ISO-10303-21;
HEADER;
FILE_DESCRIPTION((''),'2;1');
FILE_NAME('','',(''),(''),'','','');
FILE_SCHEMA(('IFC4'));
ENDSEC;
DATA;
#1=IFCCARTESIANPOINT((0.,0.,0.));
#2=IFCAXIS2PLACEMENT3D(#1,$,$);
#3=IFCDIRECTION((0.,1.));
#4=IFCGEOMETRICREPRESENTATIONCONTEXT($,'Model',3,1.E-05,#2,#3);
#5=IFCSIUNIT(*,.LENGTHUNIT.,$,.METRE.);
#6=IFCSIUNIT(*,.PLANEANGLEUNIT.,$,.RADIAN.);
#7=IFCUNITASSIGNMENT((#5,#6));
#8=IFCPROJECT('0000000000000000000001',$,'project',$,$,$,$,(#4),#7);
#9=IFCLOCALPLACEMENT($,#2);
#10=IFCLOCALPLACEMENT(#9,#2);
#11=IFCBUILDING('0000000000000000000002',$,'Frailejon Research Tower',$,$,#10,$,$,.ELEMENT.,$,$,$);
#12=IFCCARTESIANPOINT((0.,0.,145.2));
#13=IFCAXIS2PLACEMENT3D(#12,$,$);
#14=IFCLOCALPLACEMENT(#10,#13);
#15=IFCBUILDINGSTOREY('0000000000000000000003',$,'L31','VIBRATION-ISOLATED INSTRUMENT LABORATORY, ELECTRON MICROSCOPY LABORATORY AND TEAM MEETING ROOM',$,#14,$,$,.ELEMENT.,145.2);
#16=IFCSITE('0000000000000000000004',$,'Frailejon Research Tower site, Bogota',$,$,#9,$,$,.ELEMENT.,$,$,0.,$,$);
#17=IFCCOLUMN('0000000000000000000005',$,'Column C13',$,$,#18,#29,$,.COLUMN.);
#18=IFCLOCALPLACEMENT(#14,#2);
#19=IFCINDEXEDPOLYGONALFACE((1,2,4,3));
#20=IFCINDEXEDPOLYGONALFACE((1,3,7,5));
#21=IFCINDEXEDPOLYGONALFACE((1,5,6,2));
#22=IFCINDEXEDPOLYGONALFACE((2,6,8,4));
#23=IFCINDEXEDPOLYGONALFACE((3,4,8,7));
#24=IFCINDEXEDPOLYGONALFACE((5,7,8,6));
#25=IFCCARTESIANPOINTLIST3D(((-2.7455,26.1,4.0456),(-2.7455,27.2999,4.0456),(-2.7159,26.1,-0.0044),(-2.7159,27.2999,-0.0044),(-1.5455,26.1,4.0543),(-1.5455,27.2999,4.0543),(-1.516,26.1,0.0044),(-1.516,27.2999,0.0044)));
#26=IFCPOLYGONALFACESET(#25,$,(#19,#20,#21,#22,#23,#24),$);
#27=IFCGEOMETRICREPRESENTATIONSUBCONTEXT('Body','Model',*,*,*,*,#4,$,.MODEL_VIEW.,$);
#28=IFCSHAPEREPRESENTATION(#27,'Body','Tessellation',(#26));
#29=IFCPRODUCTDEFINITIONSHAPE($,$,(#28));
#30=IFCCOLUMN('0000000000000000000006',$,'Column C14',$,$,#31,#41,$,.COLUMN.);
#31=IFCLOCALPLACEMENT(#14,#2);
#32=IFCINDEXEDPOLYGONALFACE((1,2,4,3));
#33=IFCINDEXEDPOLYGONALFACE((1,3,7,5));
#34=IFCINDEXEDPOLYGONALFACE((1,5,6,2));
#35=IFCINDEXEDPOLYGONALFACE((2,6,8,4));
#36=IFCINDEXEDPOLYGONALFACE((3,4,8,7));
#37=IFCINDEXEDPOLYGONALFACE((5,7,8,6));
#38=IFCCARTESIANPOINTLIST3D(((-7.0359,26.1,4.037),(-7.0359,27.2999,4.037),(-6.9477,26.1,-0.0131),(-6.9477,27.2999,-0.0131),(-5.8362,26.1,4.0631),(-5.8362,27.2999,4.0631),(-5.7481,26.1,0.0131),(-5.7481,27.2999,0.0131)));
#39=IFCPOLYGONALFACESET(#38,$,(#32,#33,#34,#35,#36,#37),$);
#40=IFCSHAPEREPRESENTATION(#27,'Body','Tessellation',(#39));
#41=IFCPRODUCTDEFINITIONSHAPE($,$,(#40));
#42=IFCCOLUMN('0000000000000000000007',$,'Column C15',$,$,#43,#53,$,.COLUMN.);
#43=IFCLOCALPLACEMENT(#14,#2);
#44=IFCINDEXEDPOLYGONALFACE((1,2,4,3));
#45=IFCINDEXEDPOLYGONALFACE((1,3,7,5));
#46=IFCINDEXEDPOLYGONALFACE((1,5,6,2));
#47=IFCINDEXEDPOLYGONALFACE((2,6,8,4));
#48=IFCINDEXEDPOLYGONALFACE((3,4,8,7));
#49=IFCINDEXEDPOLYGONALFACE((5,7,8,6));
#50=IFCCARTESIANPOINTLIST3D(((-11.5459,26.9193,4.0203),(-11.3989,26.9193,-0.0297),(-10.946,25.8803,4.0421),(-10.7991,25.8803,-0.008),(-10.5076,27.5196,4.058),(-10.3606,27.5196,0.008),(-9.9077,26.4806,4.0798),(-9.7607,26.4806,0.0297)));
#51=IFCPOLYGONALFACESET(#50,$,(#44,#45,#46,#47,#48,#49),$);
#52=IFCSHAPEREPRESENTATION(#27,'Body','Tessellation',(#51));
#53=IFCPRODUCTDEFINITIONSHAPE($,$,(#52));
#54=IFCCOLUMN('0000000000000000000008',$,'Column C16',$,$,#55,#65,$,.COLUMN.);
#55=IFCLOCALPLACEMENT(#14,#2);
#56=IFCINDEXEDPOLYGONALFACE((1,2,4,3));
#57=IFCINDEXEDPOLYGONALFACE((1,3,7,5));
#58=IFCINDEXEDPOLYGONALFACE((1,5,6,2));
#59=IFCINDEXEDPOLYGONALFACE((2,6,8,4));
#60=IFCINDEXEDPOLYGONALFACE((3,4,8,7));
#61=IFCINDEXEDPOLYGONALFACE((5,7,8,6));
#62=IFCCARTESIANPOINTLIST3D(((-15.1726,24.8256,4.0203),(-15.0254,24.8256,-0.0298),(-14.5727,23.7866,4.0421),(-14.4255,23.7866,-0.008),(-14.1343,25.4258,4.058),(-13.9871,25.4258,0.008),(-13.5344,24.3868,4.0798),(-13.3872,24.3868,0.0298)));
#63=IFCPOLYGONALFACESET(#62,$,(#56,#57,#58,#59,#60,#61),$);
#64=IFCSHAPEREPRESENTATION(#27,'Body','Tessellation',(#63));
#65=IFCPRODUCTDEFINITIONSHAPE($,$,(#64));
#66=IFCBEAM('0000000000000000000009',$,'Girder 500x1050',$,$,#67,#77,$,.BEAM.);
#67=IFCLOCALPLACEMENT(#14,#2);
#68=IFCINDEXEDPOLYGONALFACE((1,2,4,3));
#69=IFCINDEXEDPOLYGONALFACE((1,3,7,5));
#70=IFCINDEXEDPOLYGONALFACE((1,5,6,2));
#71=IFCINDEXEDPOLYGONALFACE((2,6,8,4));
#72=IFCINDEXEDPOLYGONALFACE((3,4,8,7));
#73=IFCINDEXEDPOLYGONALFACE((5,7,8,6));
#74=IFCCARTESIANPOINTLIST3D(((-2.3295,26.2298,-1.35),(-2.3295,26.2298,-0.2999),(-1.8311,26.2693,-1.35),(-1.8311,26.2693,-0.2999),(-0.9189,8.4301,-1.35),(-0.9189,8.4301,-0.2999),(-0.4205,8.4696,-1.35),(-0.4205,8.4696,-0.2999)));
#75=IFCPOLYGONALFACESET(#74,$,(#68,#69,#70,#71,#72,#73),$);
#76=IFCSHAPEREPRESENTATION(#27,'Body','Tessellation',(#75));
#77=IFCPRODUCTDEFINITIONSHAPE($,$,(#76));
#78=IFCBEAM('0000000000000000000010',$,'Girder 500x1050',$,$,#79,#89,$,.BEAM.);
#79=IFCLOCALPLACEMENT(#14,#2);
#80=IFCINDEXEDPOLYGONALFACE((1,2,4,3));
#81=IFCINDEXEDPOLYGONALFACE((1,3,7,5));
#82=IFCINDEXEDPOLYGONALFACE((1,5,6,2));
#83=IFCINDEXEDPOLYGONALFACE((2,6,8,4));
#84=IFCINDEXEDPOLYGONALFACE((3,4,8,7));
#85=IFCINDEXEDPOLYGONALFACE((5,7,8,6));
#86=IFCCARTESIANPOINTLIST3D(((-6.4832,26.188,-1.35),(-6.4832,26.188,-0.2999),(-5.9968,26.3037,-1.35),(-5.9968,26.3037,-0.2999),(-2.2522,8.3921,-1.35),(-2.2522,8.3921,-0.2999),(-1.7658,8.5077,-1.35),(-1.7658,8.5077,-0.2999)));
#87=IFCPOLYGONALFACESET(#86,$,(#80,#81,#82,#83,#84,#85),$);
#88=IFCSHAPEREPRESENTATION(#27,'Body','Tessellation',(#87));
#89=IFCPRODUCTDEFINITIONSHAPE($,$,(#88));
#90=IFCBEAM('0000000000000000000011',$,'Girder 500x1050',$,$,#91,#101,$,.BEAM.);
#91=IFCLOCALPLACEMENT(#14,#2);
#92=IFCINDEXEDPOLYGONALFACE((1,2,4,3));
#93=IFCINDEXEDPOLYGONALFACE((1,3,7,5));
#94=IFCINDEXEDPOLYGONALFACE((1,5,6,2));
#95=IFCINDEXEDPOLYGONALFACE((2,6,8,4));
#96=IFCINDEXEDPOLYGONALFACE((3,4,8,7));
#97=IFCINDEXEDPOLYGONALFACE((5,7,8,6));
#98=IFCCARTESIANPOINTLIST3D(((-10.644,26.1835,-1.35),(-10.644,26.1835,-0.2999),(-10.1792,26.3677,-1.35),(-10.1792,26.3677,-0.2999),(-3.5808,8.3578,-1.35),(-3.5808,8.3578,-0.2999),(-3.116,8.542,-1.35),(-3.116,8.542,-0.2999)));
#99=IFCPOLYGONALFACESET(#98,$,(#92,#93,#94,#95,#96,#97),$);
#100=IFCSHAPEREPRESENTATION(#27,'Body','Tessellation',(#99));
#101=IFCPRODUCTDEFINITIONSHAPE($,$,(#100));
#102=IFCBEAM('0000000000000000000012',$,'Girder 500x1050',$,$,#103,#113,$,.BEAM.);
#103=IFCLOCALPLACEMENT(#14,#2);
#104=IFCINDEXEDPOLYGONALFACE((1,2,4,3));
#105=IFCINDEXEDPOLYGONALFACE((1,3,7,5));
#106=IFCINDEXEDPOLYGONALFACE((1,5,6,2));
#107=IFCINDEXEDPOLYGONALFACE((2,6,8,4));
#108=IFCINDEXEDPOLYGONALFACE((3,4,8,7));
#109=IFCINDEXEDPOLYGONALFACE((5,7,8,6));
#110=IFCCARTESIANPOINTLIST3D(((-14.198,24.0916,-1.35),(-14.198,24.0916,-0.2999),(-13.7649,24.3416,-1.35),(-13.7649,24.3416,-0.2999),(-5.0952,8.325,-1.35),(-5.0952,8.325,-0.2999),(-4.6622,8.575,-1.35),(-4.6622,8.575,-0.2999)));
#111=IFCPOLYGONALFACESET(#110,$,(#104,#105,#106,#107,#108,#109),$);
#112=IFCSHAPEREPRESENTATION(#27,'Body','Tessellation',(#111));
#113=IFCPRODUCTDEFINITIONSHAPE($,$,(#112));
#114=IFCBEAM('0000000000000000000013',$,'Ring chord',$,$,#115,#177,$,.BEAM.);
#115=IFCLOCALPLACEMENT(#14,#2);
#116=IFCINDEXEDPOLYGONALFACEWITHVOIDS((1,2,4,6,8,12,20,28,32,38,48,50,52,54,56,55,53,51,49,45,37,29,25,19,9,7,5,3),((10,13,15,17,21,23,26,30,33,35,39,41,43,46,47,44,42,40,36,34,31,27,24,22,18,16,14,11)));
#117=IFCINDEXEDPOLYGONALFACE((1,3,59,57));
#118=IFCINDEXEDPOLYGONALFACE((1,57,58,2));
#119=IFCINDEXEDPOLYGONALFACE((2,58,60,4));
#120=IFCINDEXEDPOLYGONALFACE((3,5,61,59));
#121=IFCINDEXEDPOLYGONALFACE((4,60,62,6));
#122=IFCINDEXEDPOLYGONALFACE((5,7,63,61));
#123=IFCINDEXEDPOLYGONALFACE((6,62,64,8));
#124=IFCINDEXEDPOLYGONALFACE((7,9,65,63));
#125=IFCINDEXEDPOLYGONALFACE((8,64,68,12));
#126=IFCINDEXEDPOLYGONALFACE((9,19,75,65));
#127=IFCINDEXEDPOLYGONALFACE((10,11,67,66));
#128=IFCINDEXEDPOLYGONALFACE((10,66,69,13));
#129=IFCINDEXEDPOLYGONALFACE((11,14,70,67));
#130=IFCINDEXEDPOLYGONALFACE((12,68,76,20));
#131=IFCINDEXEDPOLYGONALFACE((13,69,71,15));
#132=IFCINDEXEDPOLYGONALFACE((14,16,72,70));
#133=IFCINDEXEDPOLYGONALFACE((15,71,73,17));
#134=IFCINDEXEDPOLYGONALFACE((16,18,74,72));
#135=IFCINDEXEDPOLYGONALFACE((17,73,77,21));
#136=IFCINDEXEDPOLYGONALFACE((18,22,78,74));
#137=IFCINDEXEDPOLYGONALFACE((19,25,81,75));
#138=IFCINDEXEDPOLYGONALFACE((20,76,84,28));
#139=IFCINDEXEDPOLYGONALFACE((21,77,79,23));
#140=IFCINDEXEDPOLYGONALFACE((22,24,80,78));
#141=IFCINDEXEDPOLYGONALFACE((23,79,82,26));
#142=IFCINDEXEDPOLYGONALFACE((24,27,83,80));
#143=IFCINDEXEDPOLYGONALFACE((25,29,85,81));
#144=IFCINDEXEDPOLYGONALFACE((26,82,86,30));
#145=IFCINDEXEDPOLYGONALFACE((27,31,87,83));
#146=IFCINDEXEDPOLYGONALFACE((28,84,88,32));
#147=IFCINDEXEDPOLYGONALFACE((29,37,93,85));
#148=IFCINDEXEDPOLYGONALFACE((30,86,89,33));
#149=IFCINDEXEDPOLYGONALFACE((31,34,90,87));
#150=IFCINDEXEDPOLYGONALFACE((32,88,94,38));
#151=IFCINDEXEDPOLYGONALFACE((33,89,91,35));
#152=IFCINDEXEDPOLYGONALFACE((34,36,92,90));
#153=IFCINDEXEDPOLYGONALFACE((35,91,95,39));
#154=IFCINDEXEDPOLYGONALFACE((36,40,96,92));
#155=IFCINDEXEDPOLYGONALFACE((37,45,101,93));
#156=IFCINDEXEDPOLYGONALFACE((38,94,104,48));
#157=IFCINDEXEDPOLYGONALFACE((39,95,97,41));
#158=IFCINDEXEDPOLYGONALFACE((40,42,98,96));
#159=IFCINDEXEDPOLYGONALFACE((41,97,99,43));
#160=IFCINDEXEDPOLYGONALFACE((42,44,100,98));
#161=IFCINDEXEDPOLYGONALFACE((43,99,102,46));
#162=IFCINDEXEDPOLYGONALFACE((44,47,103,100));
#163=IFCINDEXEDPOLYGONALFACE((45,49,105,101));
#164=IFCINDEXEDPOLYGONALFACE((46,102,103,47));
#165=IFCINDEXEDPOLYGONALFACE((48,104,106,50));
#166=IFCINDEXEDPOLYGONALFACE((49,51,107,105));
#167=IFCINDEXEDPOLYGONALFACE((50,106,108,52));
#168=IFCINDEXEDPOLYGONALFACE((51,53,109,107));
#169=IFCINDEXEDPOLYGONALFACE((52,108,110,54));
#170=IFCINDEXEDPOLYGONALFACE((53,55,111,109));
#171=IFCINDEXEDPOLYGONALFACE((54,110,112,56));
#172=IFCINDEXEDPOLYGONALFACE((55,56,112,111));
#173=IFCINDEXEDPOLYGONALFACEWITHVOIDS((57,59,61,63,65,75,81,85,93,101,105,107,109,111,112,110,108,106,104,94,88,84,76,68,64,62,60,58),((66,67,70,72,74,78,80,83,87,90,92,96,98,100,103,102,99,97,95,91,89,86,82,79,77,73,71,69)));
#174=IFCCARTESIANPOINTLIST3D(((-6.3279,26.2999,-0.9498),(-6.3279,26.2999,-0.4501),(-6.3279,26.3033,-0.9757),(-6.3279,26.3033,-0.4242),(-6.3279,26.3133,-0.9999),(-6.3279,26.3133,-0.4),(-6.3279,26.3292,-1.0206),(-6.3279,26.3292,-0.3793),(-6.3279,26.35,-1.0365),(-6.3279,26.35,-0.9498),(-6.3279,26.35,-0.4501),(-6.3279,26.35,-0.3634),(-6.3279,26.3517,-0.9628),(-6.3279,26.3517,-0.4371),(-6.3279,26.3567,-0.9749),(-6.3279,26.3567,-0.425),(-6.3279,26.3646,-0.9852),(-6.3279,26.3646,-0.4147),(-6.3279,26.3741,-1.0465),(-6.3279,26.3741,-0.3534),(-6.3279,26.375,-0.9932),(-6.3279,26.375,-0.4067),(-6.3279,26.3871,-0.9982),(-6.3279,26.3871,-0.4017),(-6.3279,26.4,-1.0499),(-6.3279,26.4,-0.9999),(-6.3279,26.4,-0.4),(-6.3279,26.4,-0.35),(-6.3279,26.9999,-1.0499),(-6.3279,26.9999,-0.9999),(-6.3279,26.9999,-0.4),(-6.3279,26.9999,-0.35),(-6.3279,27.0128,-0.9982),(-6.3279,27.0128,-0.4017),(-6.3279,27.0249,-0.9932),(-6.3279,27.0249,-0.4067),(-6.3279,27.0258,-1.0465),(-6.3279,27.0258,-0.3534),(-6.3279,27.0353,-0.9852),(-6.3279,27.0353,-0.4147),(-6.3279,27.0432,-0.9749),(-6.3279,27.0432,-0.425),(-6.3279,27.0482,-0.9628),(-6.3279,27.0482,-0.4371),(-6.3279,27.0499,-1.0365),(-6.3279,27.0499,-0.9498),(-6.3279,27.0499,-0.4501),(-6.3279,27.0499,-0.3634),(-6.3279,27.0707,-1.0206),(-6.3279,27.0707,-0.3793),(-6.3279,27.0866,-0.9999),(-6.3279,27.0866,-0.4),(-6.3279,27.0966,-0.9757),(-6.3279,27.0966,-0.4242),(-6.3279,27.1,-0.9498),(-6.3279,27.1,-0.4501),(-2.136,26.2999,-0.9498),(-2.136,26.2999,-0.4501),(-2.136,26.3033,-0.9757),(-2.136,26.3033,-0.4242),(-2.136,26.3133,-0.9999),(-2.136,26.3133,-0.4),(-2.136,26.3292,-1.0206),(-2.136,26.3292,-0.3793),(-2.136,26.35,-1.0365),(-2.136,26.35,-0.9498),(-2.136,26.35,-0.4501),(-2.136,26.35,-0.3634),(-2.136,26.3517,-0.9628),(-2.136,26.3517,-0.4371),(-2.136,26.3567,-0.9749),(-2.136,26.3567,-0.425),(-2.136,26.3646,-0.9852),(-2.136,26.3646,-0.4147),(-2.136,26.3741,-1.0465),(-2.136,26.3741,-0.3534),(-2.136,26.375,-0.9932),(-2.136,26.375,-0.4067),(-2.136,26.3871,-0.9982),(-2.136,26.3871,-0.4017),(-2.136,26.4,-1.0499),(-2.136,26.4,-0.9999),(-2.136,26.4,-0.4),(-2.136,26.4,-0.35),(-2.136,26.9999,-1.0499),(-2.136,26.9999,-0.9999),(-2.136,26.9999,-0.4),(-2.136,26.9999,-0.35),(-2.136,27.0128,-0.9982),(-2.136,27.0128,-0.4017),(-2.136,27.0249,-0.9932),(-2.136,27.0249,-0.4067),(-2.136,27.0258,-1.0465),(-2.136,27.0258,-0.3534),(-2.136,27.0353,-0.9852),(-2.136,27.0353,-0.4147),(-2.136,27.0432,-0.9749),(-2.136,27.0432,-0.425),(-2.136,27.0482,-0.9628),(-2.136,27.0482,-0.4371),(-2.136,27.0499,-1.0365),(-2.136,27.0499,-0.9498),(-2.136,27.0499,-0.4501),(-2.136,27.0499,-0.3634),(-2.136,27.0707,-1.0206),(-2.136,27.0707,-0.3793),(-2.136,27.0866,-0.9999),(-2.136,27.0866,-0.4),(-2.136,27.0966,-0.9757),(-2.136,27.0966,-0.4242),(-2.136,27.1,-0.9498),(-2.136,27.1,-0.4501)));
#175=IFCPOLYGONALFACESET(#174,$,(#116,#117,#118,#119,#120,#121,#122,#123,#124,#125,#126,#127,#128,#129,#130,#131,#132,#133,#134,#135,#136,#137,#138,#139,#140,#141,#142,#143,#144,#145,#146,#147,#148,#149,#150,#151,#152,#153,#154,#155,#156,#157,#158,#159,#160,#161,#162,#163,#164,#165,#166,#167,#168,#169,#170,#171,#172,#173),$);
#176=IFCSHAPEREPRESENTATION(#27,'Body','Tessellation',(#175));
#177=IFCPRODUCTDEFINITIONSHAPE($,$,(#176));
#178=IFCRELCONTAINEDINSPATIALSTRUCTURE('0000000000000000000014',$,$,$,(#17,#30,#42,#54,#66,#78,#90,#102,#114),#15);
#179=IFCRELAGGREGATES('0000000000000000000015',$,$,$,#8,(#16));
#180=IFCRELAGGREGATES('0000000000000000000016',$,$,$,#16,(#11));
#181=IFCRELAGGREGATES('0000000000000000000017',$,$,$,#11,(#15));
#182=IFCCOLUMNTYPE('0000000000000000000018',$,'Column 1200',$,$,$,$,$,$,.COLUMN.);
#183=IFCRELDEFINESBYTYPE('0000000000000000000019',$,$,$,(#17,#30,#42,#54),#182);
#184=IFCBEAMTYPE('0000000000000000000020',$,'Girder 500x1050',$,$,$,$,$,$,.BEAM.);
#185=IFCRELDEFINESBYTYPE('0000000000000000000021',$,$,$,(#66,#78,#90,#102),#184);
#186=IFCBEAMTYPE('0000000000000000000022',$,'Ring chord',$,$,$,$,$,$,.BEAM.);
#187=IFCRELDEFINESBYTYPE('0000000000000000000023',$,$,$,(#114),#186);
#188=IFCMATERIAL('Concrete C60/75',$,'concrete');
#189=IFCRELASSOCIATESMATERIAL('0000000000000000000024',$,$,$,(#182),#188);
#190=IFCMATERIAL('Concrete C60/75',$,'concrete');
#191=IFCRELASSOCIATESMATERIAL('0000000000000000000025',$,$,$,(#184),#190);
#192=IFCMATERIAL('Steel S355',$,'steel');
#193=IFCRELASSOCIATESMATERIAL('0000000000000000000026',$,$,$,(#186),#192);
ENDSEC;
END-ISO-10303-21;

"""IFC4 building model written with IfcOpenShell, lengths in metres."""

from ifc_helpers import new_model, si_unit, direction, frame, origin, origin_2d, place, context, subcontext, project, spatial, rectangle, hollow_rectangle, extrude, material, material_profile, profile_set, type_object, element, save


model = new_model("IFC4")

# Units and contexts
model_context = context("Model", 3, precision=1e-05, world=origin(), true_north=direction((0.0, 1.0)))
body_context = subcontext(model_context, "Body", "Model", "MODEL_VIEW")
ifc_project = project(units=[si_unit("LENGTHUNIT", "METRE"), si_unit("PLANEANGLEUNIT", "RADIAN")], contexts=[model_context])

# Site, building, storey
site_placement = place(None, origin())
site = spatial("IfcSite", under=ifc_project, at=site_placement, Name="Frailejon Research Tower site, Bogota", CompositionType="ELEMENT", RefElevation=0.0)
building_placement = place(site_placement, origin())
building = spatial("IfcBuilding", under=site, at=building_placement, Name="Frailejon Research Tower", CompositionType="ELEMENT")
storey_placement = place(building_placement, frame((0.0, 0.0, 145.2)))
storey = spatial("IfcBuildingStorey", under=building, at=storey_placement, Name="L31", Description="VIBRATION-ISOLATED INSTRUMENT LABORATORY, ELECTRON MICROSCOPY LABORATORY AND TEAM MEETING ROOM", CompositionType="ELEMENT", Elevation=145.2)

# Columns
ifc_material_1 = material(Name="Concrete C60/75", Category="concrete")
ifc_material_profile_1 = material_profile(ifc_material_1, rectangle(XDim=1.2, YDim=1.2, at=origin_2d()), Name="Column 1200")
ifc_profile_set_1 = profile_set([ifc_material_profile_1], Name="Concrete C60/75")
column_type = type_object("IfcColumnType", Name="Column 1200", PredefinedType="COLUMN", material=ifc_profile_set_1)
column_1_placement = place(storey_placement, frame((-2.116, 26.7, 0.0), z_axis=(-0.007294, 0.0, 0.999973), x_axis=(-0.999973, 0.0, -0.007294)))
element("IfcColumn", 1, at=column_1_placement, inside=storey, type_object=column_type, Name="Column C13", PredefinedType="COLUMN", context=body_context, shape_type="SweptSolid", body=[
    extrude(rectangle(XDim=1.2, YDim=1.2, at=origin_2d()), origin(), (0.0, 0.0, 1.0), 4.05),
])
column_2_placement = place(storey_placement, frame((-6.3479, 26.7, 0.0), z_axis=(-0.021756, 0.0, 0.999763), x_axis=(-0.999763, 0.0, -0.021756)))
element("IfcColumn", 2, at=column_2_placement, inside=storey, type_object=column_type, Name="Column C14", PredefinedType="COLUMN", context=body_context, shape_type="SweptSolid", body=[
    extrude(rectangle(XDim=1.2, YDim=1.2, at=origin_2d()), origin(), (0.0, 0.0, 1.0), 4.051),
])
for number, where, z_axis, x_axis, name in (
    (3, (-10.5798, 26.7, 0.0), (-0.036265, 0.0, 0.999342), (-0.865314, -0.500246, -0.031401), "Column C15"),
    (4, (-14.2063, 24.6062, 0.0), (-0.036325, 0.0, 0.99934), (-0.865312, -0.500246, -0.031454), "Column C16"),
):
    element("IfcColumn", number, at=place(storey_placement, frame(where, z_axis=z_axis, x_axis=x_axis)), inside=storey, type_object=column_type, Name=name, PredefinedType="COLUMN", context=body_context, shape_type="SweptSolid", body=[
        extrude(rectangle(XDim=1.2, YDim=1.2, at=origin_2d()), origin(), (0.0, 0.0, 1.0), 4.0527),
    ])

# Beams
ifc_material_2 = material(Name="Concrete C60/75", Category="concrete")
ifc_material_profile_2 = material_profile(ifc_material_2, rectangle(XDim=0.5, YDim=1.05, at=origin_2d()), Name="Girder 500x1050")
ifc_profile_set_2 = profile_set([ifc_material_profile_2], Name="Concrete C60/75")
beam_type_1 = type_object("IfcBeamType", Name="Girder 500x1050", PredefinedType="BEAM", material=ifc_profile_set_2)
beam_1_placement = place(storey_placement, frame((-2.0803, 26.2495, -0.825), z_axis=(0.079004, -0.996874, 0.0), x_axis=(0.996874, 0.079004, 0.0)))
element("IfcBeam", 5, at=beam_1_placement, inside=storey, type_object=beam_type_1, Name="Girder 500x1050", PredefinedType="BEAM", context=body_context, shape_type="SweptSolid", body=[
    extrude(rectangle(XDim=0.5, YDim=1.05, at=origin_2d()), origin(), (0.0, 0.0, 1.0), 17.8555),
])
beam_2_placement = place(storey_placement, frame((-6.24, 26.2458, -0.825), z_axis=(0.231302, -0.972882, 0.0), x_axis=(0.972882, 0.231302, 0.0)))
element("IfcBeam", 6, at=beam_2_placement, inside=storey, type_object=beam_type_1, Name="Girder 500x1050", PredefinedType="BEAM", context=body_context, shape_type="SweptSolid", body=[
    extrude(rectangle(XDim=0.5, YDim=1.05, at=origin_2d()), origin(), (0.0, 0.0, 1.0), 18.292),
])
beam_3_placement = place(storey_placement, frame((-10.4116, 26.2756, -0.825), z_axis=(0.368375, -0.929677, 0.0), x_axis=(0.929677, 0.368375, 0.0)))
element("IfcBeam", 7, at=beam_3_placement, inside=storey, type_object=beam_type_1, Name="Girder 500x1050", PredefinedType="BEAM", context=body_context, shape_type="SweptSolid", body=[
    extrude(rectangle(XDim=0.5, YDim=1.05, at=origin_2d()), origin(), (0.0, 0.0, 1.0), 19.1741),
])
beam_4_placement = place(storey_placement, frame((-13.9814, 24.2166, -0.825), z_axis=(0.499997, -0.866027, 0.0), x_axis=(0.866027, 0.499997, 0.0)))
element("IfcBeam", 8, at=beam_4_placement, inside=storey, type_object=beam_type_1, Name="Girder 500x1050", PredefinedType="BEAM", context=body_context, shape_type="SweptSolid", body=[
    extrude(rectangle(XDim=0.5, YDim=1.05, at=origin_2d()), origin(), (0.0, 0.0, 1.0), 18.2056),
])
ifc_material_3 = material(Name="Steel S355", Category="steel")
ifc_material_profile_3 = material_profile(ifc_material_3, hollow_rectangle(XDim=0.8, YDim=0.7, WallThickness=0.05, InnerFilletRadius=0.05, OuterFilletRadius=0.1001, at=origin_2d()), Name="Ring chord")
ifc_profile_set_3 = profile_set([ifc_material_profile_3], Name="Steel S355")
beam_type_2 = type_object("IfcBeamType", Name="Ring chord", PredefinedType="BEAM", material=ifc_profile_set_3)
for number, where, z_axis, x_axis, name in (
    (9, (-2.136, 26.7, -0.7), (-1.0, 0.0, 0.0), (0.0, -1.0, 0.0), "Ring chord"),
):
    element("IfcBeam", number, at=place(storey_placement, frame(where, z_axis=z_axis, x_axis=x_axis)), inside=storey, type_object=beam_type_2, Name=name, PredefinedType="BEAM", context=body_context, shape_type="SweptSolid", body=[
        extrude(hollow_rectangle(XDim=0.8, YDim=0.7, WallThickness=0.05, InnerFilletRadius=0.05, OuterFilletRadius=0.1001, at=origin_2d()), origin(), (0.0, 0.0, 1.0), 4.1919),
    ])

save(model, "model.ifc")
